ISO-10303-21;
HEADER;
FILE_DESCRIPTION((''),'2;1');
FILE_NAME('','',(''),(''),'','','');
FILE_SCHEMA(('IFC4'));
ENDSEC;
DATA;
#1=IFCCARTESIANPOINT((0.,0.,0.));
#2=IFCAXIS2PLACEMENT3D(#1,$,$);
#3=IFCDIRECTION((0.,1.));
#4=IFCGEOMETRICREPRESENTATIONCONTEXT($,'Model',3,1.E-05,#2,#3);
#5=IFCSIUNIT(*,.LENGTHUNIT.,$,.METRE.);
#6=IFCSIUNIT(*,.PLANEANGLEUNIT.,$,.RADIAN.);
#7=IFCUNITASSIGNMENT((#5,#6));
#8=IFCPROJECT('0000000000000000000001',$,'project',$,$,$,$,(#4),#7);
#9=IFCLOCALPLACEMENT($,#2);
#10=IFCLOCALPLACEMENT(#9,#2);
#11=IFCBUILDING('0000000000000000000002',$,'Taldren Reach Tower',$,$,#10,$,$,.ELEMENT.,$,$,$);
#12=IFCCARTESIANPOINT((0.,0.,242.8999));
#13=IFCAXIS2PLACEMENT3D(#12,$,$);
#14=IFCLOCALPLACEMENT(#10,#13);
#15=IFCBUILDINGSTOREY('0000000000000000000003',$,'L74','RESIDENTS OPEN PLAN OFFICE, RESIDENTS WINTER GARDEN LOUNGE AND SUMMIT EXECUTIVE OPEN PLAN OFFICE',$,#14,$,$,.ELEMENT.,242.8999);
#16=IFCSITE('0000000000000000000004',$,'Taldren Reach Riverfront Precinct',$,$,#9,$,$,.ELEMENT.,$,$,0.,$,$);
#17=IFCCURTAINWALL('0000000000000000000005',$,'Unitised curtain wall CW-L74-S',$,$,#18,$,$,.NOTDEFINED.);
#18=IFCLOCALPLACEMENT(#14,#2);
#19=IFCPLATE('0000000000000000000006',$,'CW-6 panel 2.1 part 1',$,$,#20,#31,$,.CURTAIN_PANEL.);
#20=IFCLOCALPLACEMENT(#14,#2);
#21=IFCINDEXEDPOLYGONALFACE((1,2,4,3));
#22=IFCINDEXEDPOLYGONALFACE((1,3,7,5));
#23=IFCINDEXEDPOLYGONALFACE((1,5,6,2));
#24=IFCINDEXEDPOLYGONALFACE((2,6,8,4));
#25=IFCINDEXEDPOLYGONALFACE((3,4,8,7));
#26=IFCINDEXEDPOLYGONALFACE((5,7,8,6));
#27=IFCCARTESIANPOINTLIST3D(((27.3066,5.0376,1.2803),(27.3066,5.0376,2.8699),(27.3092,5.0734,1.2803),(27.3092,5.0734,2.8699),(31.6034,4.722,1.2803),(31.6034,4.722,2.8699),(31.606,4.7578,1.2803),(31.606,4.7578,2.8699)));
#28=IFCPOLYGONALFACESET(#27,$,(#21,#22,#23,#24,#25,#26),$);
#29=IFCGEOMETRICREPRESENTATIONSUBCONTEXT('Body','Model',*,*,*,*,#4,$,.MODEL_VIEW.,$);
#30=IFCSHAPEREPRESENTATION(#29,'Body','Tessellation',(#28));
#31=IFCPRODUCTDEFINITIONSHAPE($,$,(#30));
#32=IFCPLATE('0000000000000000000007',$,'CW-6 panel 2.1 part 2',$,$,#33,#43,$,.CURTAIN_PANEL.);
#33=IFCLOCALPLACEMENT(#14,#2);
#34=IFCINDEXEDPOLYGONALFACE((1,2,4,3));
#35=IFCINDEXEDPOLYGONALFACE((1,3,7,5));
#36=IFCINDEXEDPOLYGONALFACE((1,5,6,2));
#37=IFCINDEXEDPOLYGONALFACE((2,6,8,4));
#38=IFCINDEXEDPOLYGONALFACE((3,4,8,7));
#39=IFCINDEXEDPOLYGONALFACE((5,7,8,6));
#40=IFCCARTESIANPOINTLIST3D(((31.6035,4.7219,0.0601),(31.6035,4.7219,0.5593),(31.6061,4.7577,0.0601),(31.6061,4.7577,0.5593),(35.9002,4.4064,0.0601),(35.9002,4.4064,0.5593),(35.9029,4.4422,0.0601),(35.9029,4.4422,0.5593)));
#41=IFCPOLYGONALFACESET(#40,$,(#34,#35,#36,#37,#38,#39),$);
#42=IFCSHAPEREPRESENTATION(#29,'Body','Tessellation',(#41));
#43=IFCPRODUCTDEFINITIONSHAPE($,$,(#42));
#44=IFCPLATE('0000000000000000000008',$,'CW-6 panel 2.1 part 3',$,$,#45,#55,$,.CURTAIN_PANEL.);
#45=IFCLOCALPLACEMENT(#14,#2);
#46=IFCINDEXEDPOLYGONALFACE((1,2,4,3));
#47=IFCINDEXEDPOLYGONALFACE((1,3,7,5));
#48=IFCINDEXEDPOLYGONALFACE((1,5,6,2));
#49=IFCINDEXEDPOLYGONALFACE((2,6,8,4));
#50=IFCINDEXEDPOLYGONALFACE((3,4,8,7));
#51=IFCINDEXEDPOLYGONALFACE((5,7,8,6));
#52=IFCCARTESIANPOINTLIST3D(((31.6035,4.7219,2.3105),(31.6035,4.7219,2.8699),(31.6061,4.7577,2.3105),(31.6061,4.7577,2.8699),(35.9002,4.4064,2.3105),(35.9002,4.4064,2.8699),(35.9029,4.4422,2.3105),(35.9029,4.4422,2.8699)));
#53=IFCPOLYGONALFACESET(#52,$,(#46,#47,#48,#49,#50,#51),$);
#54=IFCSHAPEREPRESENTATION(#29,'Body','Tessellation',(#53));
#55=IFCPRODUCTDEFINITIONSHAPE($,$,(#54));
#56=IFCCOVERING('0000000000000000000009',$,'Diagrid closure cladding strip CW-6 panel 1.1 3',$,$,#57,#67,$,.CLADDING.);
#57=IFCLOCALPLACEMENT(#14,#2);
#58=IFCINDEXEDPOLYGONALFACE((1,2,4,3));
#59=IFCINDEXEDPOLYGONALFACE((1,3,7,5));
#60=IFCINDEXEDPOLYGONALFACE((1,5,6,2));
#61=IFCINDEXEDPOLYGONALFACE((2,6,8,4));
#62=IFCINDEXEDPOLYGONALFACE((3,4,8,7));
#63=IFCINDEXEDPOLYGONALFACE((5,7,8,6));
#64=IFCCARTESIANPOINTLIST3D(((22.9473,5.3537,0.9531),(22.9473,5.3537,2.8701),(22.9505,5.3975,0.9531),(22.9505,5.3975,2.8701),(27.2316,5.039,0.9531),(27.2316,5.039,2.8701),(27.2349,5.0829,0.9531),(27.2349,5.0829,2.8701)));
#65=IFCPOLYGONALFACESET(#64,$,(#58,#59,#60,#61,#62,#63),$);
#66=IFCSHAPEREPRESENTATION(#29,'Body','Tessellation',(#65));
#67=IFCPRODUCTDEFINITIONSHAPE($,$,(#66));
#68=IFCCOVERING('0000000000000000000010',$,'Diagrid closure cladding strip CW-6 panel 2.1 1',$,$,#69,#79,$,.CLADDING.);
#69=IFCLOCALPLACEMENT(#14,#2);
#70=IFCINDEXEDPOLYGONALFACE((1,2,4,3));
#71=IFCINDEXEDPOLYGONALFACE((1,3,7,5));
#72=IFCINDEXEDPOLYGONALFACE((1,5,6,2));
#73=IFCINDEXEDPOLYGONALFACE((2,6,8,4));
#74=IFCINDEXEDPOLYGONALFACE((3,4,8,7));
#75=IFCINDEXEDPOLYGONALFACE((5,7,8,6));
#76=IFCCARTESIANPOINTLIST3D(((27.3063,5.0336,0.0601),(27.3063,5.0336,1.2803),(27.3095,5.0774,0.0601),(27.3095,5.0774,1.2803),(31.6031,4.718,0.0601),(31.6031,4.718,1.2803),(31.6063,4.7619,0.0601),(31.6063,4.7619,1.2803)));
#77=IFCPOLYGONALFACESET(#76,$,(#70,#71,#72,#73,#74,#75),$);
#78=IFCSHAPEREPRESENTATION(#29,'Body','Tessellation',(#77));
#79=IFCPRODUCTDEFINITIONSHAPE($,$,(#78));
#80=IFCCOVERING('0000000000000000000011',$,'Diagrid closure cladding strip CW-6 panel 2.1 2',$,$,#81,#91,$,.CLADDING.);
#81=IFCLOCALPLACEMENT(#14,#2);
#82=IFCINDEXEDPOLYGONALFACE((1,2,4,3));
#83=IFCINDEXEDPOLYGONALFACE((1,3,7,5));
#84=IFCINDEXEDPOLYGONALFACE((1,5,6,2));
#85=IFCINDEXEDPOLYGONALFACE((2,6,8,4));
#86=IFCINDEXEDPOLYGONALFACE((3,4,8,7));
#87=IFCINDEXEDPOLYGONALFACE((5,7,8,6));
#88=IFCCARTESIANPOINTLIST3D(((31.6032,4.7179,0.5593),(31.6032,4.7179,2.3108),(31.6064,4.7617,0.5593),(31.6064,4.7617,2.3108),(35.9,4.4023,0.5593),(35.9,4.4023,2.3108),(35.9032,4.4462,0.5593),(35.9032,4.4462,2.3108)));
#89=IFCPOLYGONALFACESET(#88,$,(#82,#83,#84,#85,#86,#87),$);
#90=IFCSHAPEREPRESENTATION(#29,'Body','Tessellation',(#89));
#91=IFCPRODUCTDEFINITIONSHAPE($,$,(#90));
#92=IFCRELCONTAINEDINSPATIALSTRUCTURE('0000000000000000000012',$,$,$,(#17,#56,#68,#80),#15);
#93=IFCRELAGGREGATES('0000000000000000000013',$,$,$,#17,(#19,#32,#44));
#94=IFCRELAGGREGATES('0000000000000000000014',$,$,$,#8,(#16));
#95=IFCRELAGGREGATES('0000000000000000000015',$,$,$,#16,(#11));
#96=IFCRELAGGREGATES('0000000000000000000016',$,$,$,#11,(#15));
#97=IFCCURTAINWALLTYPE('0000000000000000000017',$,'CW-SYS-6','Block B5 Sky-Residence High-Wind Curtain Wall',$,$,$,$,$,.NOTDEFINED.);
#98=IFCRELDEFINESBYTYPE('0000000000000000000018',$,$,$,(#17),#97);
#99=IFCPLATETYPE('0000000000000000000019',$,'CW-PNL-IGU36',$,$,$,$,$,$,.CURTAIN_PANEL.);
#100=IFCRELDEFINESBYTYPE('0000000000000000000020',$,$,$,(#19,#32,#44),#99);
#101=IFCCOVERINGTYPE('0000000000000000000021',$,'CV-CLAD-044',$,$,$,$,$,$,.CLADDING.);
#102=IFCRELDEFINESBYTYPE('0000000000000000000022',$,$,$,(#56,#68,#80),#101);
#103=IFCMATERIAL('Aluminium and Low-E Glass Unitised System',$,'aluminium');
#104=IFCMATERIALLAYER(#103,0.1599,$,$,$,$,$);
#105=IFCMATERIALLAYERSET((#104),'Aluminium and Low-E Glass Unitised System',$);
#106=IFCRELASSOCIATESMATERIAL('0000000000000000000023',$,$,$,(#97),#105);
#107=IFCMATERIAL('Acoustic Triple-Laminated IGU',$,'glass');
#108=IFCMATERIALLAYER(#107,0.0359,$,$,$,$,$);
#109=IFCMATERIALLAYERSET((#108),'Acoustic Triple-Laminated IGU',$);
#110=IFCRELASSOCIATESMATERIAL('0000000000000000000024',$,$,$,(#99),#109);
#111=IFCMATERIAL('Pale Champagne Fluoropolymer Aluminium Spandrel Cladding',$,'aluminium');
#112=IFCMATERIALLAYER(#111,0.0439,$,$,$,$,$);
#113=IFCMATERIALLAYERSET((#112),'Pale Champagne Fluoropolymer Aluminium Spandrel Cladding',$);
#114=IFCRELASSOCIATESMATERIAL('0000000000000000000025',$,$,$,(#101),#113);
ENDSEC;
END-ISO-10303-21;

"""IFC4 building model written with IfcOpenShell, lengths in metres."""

from ifc_helpers import new_model, si_unit, direction, frame, origin, origin_2d, place, context, subcontext, project, spatial, rectangle, extrude, source, transform, mapped, material, layer, layer_set, type_object, element, aggregate, save


model = new_model("IFC4")

# Units and contexts
model_context = context("Model", 3, precision=1e-05, world=origin(), true_north=direction((0.0, 1.0)))
body_context = subcontext(model_context, "Body", "Model", "MODEL_VIEW")
ifc_project = project(units=[si_unit("LENGTHUNIT", "METRE"), si_unit("PLANEANGLEUNIT", "RADIAN")], contexts=[model_context])

# Site, building, storey
site_placement = place(None, origin())
site = spatial("IfcSite", under=ifc_project, at=site_placement, Name="Taldren Reach Riverfront Precinct", CompositionType="ELEMENT", RefElevation=0.0)
building_placement = place(site_placement, origin())
building = spatial("IfcBuilding", under=site, at=building_placement, Name="Taldren Reach Tower", CompositionType="ELEMENT")
storey_placement = place(building_placement, frame((0.0, 0.0, 242.8999)))
storey = spatial("IfcBuildingStorey", under=building, at=storey_placement, Name="L74", Description="RESIDENTS OPEN PLAN OFFICE, RESIDENTS WINTER GARDEN LOUNGE AND SUMMIT EXECUTIVE OPEN PLAN OFFICE", CompositionType="ELEMENT", Elevation=242.8999)

# Curtain wall
ifc_material_1 = material(Name="Aluminium and Low-E Glass Unitised System", Category="aluminium")
ifc_layer_1 = layer(ifc_material_1, 0.1599)
ifc_layer_set_1 = layer_set([ifc_layer_1], Name="Aluminium and Low-E Glass Unitised System")
curtain_wall_type = type_object("IfcCurtainWallType", Name="CW-SYS-6", Description="Block B5 Sky-Residence High-Wind Curtain Wall", PredefinedType="NOTDEFINED", material=ifc_layer_set_1)
curtain_wall_placement = place(storey_placement, origin())
curtain_wall = element("IfcCurtainWall", 1, at=curtain_wall_placement, inside=storey, type_object=curtain_wall_type, Name="Unitised curtain wall CW-L74-S", PredefinedType="NOTDEFINED")

# Plates
ifc_material_2 = material(Name="Acoustic Triple-Laminated IGU", Category="glass")
ifc_layer_2 = layer(ifc_material_2, 0.0359)
ifc_layer_set_2 = layer_set([ifc_layer_2], Name="Acoustic Triple-Laminated IGU")
plate_type_1 = type_object("IfcPlateType", Name="CW-PNL-IGU36", PredefinedType="CURTAIN_PANEL", material=ifc_layer_set_2)
shared_shape_1 = source(origin(), body_context, "Body", "SweptSolid", [
    extrude(rectangle(XDim=4.3083, YDim=0.0359, at=origin_2d()), origin(), (0.0, 0.0, 1.0), 1.5896),
])
plate_1_placement = place(storey_placement, frame((29.4563, 4.8977, 1.2803), z_axis=(0.0, 0.0, 1.0), x_axis=(0.997314, -0.073238, 0.0)))
plate_1 = element("IfcPlate", 2, at=plate_1_placement, type_object=plate_type_1, Name="CW-6 panel 2.1 part 1", PredefinedType="CURTAIN_PANEL", context=body_context, shape_type="MappedRepresentation", body=[
    mapped(shared_shape_1, transform((0.0, 0.0, 0.0), scale=1.0)),
])
shared_shape_2 = source(origin(), body_context, "Body", "SweptSolid", [
    extrude(rectangle(XDim=4.3083, YDim=0.0359, at=origin_2d()), origin(), (0.0, 0.0, 1.0), 0.4993),
])
plate_2_placement = place(storey_placement, frame((33.7532, 4.582, 0.0601), z_axis=(0.0, 0.0, 1.0), x_axis=(0.997314, -0.073238, 0.0)))
plate_2 = element("IfcPlate", 3, at=plate_2_placement, type_object=plate_type_1, Name="CW-6 panel 2.1 part 2", PredefinedType="CURTAIN_PANEL", context=body_context, shape_type="MappedRepresentation", body=[
    mapped(shared_shape_2, transform((0.0, 0.0, 0.0), scale=1.0)),
])
shared_shape_3 = source(origin(), body_context, "Body", "SweptSolid", [
    extrude(rectangle(XDim=4.3083, YDim=0.0359, at=origin_2d()), origin(), (0.0, 0.0, 1.0), 0.5593),
])
plate_3_placement = place(storey_placement, frame((33.7532, 4.582, 2.3105), z_axis=(0.0, 0.0, 1.0), x_axis=(0.997314, -0.073238, 0.0)))
plate_3 = element("IfcPlate", 4, at=plate_3_placement, type_object=plate_type_1, Name="CW-6 panel 2.1 part 3", PredefinedType="CURTAIN_PANEL", context=body_context, shape_type="MappedRepresentation", body=[
    mapped(shared_shape_3, transform((0.0, 0.0, 0.0), scale=1.0)),
])
aggregate(curtain_wall, [plate_1, plate_2, plate_3])

# Coverings
ifc_material_3 = material(Name="Pale Champagne Fluoropolymer Aluminium Spandrel Cladding", Category="aluminium")
ifc_layer_3 = layer(ifc_material_3, 0.0439)
ifc_layer_set_3 = layer_set([ifc_layer_3], Name="Pale Champagne Fluoropolymer Aluminium Spandrel Cladding")
covering_type = type_object("IfcCoveringType", Name="CV-CLAD-044", PredefinedType="CLADDING", material=ifc_layer_set_3)
shared_shape_4 = source(origin(), body_context, "Body", "SweptSolid", [
    extrude(rectangle(XDim=4.2959, YDim=0.0439, at=origin_2d()), origin(), (0.0, 0.0, 1.0), 1.917),
])
covering_1_placement = place(storey_placement, frame((25.0911, 5.2183, 0.9531), z_axis=(0.0, 0.0, 1.0), x_axis=(0.997314, -0.073238, 0.0)))
element("IfcCovering", 5, at=covering_1_placement, inside=storey, type_object=covering_type, Name="Diagrid closure cladding strip CW-6 panel 1.1 3", PredefinedType="CLADDING", context=body_context, shape_type="MappedRepresentation", body=[
    mapped(shared_shape_4, transform((0.0, 0.0, 0.0), scale=1.0)),
])
shared_shape_5 = source(origin(), body_context, "Body", "SweptSolid", [
    extrude(rectangle(XDim=4.3083, YDim=0.0439, at=origin_2d()), origin(), (0.0, 0.0, 1.0), 1.2202),
])
covering_2_placement = place(storey_placement, frame((29.4563, 4.8977, 0.0601), z_axis=(0.0, 0.0, 1.0), x_axis=(0.997314, -0.073238, 0.0)))
element("IfcCovering", 6, at=covering_2_placement, inside=storey, type_object=covering_type, Name="Diagrid closure cladding strip CW-6 panel 2.1 1", PredefinedType="CLADDING", context=body_context, shape_type="MappedRepresentation", body=[
    mapped(shared_shape_5, transform((0.0, 0.0, 0.0), scale=1.0)),
])
shared_shape_6 = source(origin(), body_context, "Body", "SweptSolid", [
    extrude(rectangle(XDim=4.3083, YDim=0.0439, at=origin_2d()), origin(), (0.0, 0.0, 1.0), 1.7515),
])
covering_3_placement = place(storey_placement, frame((33.7532, 4.582, 0.5593), z_axis=(0.0, 0.0, 1.0), x_axis=(0.997314, -0.073238, 0.0)))
element("IfcCovering", 7, at=covering_3_placement, inside=storey, type_object=covering_type, Name="Diagrid closure cladding strip CW-6 panel 2.1 2", PredefinedType="CLADDING", context=body_context, shape_type="MappedRepresentation", body=[
    mapped(shared_shape_6, transform((0.0, 0.0, 0.0), scale=1.0)),
])

save(model, "model.ifc")
